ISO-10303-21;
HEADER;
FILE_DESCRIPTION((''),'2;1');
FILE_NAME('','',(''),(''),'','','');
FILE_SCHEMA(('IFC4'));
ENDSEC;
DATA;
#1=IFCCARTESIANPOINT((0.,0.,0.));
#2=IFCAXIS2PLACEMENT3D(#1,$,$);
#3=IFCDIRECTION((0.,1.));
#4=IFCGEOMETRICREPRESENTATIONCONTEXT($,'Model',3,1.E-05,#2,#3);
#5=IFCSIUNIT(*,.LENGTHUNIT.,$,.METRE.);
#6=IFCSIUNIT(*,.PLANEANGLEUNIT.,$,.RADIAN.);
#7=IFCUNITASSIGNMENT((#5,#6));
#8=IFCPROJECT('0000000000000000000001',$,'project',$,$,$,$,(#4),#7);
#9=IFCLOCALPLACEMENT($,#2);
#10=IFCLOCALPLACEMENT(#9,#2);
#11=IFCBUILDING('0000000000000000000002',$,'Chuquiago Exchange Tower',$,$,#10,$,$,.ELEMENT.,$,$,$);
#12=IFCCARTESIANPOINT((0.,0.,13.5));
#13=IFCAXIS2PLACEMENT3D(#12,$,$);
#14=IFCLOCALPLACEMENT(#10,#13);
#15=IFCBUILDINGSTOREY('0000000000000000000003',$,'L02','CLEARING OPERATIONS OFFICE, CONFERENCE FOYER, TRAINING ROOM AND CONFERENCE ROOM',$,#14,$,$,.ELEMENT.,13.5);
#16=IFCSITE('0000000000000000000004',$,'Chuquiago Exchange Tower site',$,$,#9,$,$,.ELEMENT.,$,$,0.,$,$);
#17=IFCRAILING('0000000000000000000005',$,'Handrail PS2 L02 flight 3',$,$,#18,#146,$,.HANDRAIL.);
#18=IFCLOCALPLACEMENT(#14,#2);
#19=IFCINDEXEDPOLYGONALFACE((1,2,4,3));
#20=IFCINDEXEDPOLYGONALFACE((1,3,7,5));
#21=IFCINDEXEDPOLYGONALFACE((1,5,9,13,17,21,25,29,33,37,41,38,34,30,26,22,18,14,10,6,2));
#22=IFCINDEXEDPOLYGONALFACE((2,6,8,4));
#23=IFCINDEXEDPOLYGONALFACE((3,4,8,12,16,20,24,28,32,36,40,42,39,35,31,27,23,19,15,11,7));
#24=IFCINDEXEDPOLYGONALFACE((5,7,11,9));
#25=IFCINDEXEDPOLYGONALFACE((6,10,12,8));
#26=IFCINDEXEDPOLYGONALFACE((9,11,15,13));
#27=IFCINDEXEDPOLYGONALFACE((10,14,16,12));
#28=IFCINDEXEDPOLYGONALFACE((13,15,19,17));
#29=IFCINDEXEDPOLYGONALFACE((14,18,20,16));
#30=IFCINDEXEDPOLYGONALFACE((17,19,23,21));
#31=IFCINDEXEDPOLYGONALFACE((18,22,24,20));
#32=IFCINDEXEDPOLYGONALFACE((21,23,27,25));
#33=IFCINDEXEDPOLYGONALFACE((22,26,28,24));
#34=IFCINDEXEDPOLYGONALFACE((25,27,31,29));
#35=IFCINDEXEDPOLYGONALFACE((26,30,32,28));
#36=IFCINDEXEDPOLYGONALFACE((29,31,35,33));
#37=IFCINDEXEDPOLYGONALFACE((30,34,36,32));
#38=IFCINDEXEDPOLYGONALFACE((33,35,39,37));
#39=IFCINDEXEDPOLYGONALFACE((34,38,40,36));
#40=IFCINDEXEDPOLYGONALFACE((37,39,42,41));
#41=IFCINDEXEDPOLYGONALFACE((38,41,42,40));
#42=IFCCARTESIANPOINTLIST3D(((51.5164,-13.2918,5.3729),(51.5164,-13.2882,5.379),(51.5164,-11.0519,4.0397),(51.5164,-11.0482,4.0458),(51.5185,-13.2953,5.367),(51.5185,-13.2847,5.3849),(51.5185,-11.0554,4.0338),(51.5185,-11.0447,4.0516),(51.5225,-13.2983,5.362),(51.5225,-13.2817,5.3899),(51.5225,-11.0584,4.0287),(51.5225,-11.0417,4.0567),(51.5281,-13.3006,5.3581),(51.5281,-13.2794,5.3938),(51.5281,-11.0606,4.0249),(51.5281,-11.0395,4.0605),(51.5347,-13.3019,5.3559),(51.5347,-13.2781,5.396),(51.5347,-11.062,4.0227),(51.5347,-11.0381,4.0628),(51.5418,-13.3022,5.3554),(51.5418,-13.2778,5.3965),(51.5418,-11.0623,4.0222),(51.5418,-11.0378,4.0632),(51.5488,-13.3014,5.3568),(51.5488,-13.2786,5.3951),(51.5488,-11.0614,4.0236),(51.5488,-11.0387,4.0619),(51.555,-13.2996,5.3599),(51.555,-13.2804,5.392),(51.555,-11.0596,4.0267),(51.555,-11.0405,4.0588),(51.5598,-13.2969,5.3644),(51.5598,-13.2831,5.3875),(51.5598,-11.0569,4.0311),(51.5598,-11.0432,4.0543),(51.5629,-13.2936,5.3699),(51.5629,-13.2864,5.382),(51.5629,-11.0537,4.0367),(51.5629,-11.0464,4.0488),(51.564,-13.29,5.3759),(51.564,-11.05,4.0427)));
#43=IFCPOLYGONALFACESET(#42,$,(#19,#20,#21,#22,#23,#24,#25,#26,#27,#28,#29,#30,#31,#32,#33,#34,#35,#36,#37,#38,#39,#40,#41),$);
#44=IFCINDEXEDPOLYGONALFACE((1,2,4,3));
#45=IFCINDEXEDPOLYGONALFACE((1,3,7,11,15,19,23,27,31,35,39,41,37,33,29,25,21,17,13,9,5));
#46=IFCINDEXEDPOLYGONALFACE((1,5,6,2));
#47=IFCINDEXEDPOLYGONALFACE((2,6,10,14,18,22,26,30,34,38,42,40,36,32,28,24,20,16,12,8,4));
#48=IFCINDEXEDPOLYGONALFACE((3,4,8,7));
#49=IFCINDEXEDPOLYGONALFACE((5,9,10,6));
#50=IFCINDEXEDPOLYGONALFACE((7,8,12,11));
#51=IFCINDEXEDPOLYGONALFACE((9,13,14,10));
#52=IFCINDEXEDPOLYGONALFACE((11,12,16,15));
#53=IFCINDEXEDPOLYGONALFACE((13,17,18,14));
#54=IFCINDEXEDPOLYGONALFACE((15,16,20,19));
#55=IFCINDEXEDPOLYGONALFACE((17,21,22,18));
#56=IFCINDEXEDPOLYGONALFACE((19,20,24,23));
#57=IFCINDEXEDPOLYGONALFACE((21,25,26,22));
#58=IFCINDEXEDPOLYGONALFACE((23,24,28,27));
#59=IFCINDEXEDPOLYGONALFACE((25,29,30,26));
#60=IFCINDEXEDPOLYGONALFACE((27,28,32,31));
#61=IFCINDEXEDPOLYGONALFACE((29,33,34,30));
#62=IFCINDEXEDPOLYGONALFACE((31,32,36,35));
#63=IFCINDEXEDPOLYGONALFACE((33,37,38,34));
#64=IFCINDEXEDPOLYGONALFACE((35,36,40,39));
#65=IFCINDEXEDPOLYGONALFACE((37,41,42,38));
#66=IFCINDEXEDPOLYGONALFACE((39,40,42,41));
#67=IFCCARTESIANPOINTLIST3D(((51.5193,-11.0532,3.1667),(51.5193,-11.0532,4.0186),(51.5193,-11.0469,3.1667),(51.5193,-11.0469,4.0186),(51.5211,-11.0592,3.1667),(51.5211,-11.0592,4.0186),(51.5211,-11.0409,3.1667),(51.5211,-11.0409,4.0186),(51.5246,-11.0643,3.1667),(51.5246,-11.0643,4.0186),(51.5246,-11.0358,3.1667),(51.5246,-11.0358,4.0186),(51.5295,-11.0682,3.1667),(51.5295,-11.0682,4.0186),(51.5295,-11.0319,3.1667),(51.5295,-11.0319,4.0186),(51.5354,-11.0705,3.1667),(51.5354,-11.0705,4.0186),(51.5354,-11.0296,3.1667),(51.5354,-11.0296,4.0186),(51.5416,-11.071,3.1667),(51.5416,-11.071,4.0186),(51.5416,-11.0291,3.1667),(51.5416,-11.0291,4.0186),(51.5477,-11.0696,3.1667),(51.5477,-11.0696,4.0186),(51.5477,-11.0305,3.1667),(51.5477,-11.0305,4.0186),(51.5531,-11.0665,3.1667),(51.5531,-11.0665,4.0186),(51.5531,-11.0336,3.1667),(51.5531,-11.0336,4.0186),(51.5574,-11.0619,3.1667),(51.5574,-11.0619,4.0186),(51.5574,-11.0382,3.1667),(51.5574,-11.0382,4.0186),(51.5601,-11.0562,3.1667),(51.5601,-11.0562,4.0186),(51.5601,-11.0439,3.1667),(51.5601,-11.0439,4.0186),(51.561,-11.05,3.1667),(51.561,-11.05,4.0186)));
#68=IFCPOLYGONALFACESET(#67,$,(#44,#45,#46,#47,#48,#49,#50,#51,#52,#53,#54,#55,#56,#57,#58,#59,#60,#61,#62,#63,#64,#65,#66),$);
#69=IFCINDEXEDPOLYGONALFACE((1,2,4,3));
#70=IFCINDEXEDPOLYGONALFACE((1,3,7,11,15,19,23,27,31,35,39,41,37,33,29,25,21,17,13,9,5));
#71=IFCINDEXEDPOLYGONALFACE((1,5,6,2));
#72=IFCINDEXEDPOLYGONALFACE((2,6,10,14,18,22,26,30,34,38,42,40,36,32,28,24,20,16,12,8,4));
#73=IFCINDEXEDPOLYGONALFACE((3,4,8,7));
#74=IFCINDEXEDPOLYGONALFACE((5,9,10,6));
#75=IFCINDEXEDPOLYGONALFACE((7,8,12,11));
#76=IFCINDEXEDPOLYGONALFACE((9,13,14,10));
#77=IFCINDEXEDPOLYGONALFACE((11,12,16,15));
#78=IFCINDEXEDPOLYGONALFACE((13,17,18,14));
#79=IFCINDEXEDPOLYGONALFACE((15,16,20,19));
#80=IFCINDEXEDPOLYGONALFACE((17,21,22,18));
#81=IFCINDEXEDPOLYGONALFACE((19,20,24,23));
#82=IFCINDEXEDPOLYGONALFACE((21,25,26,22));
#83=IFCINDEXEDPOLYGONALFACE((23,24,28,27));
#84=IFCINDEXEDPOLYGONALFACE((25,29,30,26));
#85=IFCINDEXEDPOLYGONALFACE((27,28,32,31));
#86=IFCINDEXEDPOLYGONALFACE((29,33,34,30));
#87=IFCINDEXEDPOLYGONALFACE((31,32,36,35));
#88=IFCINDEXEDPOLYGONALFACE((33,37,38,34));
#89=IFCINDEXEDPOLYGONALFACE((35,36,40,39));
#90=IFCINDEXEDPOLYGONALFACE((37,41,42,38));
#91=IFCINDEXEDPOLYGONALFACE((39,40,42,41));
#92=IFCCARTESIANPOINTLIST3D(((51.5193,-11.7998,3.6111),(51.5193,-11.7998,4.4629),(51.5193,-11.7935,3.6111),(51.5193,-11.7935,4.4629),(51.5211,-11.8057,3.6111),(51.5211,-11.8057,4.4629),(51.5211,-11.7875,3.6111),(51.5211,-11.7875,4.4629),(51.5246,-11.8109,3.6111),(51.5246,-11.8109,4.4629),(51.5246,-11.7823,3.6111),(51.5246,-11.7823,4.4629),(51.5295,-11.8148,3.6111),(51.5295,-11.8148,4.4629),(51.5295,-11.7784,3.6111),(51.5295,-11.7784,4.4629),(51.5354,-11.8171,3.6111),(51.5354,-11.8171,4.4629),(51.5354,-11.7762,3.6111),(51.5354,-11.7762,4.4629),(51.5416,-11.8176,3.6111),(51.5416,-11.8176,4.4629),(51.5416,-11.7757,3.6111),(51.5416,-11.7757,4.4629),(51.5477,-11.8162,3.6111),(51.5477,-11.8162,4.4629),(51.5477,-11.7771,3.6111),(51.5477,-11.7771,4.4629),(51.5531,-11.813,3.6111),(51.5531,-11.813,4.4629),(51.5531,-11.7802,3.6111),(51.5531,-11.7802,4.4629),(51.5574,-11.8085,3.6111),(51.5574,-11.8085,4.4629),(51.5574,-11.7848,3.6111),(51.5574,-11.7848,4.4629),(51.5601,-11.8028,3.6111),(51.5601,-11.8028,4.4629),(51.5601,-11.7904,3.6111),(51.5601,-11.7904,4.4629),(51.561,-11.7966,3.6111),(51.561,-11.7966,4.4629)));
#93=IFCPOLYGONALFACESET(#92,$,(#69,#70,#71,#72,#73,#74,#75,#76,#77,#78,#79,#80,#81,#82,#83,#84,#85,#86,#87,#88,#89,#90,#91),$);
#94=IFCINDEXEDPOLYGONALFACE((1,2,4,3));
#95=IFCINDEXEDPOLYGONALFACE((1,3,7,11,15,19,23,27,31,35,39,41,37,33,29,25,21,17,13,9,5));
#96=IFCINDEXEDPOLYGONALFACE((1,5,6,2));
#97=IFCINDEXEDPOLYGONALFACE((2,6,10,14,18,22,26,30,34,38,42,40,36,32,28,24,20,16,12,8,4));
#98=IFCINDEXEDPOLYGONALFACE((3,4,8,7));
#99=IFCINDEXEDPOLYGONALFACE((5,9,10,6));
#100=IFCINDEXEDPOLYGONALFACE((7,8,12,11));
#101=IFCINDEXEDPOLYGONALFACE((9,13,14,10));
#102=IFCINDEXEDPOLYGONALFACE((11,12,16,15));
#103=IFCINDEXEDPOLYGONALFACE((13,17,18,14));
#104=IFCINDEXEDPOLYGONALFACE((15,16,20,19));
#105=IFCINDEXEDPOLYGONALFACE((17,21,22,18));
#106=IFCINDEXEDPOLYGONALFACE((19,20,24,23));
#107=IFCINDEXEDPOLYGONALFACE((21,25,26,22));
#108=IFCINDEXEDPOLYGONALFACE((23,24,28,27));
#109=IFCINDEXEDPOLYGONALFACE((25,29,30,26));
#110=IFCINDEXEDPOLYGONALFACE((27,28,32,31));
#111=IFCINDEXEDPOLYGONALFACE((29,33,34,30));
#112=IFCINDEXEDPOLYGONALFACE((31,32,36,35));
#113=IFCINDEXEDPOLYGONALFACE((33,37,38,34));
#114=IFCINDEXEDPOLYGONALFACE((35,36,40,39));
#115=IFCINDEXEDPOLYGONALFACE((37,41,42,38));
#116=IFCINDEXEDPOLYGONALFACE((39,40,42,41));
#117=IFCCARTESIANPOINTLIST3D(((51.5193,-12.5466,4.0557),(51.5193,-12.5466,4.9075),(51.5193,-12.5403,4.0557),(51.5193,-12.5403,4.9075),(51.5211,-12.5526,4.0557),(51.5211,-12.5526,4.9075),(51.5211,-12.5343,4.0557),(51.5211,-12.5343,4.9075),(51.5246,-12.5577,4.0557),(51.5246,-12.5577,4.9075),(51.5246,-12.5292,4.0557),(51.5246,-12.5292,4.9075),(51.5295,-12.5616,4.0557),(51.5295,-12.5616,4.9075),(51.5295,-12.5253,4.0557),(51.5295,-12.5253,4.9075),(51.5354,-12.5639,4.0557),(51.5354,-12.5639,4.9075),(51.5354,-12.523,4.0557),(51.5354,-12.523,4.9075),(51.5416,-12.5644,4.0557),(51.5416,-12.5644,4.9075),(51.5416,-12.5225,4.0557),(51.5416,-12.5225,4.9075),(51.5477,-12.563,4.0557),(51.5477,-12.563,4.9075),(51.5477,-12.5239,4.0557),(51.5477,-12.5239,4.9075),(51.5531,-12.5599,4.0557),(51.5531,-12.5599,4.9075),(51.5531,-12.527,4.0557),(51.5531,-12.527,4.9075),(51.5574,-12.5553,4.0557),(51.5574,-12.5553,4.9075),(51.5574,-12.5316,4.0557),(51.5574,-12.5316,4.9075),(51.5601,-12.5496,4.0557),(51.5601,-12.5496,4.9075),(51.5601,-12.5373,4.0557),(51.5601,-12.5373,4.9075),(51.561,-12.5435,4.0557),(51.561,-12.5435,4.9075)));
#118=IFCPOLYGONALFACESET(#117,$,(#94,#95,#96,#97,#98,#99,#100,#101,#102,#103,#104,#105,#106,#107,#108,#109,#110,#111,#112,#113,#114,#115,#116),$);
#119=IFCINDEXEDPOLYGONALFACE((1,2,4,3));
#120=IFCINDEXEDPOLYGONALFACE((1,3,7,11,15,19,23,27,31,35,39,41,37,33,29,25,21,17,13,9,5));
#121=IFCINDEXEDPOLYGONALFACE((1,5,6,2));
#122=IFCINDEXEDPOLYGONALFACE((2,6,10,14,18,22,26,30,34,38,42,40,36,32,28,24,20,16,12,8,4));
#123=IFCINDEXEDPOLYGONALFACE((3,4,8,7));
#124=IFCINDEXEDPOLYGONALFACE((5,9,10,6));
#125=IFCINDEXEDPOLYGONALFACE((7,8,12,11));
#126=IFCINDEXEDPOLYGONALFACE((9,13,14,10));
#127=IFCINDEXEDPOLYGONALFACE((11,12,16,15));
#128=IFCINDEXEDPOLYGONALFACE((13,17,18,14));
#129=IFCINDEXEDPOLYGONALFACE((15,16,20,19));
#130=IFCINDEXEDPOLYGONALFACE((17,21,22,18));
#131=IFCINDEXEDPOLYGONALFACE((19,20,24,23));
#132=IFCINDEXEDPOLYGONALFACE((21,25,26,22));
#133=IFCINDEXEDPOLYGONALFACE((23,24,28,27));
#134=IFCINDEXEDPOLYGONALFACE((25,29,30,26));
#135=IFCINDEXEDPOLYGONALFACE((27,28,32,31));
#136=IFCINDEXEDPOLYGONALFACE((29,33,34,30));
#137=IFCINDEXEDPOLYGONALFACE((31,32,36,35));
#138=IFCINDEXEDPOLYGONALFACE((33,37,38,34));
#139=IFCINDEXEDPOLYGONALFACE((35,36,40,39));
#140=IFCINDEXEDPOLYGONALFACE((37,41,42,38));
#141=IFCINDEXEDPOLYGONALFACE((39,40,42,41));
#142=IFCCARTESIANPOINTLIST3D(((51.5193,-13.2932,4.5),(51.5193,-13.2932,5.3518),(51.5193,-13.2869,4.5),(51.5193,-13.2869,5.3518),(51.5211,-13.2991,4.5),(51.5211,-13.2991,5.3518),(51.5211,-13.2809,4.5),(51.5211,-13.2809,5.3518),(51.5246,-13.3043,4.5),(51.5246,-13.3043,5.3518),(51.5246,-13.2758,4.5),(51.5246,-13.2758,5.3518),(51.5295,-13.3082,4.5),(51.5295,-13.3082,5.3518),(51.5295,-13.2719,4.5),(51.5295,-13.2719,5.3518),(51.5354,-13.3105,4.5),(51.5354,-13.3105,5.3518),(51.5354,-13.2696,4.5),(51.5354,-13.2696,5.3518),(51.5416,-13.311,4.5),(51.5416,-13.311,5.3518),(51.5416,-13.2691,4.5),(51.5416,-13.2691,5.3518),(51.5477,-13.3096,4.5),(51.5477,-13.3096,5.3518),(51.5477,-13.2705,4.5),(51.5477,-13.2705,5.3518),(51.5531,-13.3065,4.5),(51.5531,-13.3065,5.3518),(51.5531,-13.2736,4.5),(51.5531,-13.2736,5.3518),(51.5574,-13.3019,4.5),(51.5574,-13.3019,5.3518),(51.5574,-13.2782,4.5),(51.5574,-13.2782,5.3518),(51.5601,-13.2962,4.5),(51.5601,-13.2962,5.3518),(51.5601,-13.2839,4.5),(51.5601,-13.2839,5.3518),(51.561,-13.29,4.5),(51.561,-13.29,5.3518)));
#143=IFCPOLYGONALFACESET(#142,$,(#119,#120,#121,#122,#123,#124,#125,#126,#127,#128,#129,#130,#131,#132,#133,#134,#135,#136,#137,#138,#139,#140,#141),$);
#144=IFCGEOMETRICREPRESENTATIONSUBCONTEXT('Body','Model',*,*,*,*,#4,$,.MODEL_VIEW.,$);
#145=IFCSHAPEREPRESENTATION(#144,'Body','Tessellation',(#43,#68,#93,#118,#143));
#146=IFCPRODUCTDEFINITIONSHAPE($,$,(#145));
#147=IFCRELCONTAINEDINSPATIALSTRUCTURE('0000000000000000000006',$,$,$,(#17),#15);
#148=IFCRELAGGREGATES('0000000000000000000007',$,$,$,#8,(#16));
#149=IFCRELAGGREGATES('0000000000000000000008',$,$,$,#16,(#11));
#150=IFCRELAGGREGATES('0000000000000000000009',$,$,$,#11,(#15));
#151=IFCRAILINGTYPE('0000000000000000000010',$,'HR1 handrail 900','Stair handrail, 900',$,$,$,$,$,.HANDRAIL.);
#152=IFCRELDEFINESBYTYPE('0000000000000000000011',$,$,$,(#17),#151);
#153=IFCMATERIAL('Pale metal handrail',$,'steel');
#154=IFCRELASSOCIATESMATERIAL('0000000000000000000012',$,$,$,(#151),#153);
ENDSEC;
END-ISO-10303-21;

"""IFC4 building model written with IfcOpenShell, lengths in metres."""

from ifc_helpers import new_model, si_unit, direction, frame, origin, origin_2d, place, context, subcontext, project, spatial, circle, extrude, material, type_object, element, save


model = new_model("IFC4")

# Units and contexts
model_context = context("Model", 3, precision=1e-05, world=origin(), true_north=direction((0.0, 1.0)))
body_context = subcontext(model_context, "Body", "Model", "MODEL_VIEW")
ifc_project = project(units=[si_unit("LENGTHUNIT", "METRE"), si_unit("PLANEANGLEUNIT", "RADIAN")], contexts=[model_context])

# Site, building, storey
site_placement = place(None, origin())
site = spatial("IfcSite", under=ifc_project, at=site_placement, Name="Chuquiago Exchange Tower site", CompositionType="ELEMENT", RefElevation=0.0)
building_placement = place(site_placement, origin())
building = spatial("IfcBuilding", under=site, at=building_placement, Name="Chuquiago Exchange Tower", CompositionType="ELEMENT")
storey_placement = place(building_placement, frame((0.0, 0.0, 13.5)))
storey = spatial("IfcBuildingStorey", under=building, at=storey_placement, Name="L02", Description="CLEARING OPERATIONS OFFICE, CONFERENCE FOYER, TRAINING ROOM AND CONFERENCE ROOM", CompositionType="ELEMENT", Elevation=13.5)

# Railing
ifc_material_1 = material(Name="Pale metal handrail", Category="steel")
railing_type = type_object("IfcRailingType", Name="HR1 handrail 900", Description="Stair handrail, 900", PredefinedType="HANDRAIL", material=ifc_material_1)
railing_1_placement = place(storey_placement, frame((51.54, -11.05, 3.1667)))
element("IfcRailing", 1, at=railing_1_placement, inside=storey, type_object=railing_type, Name="Handrail PS2 L02 flight 3", PredefinedType="HANDRAIL", context=body_context, shape_type="SweptSolid", body=[
    extrude(circle(Radius=0.0239, at=origin_2d()), frame((0.0, 0.0, 0.876), z_axis=(0.0, -0.859306, 0.511462), x_axis=(1.0, 0.0, 0.0)), (0.0, 0.0, 1.0), 2.6067),
    extrude(circle(Radius=0.021, at=origin_2d()), origin(), (0.0, 0.0, 1.0), 0.8518),
    extrude(circle(Radius=0.021, at=origin_2d()), frame((0.0, -0.7466, 0.4443)), (0.0, 0.0, 1.0), 0.8518),
    extrude(circle(Radius=0.021, at=origin_2d()), frame((0.0, -1.4934, 0.8889)), (0.0, 0.0, 1.0), 0.8518),
    extrude(circle(Radius=0.021, at=origin_2d()), frame((0.0, -2.24, 1.3333)), (0.0, 0.0, 1.0), 0.8518),
])

save(model, "model.ifc")
